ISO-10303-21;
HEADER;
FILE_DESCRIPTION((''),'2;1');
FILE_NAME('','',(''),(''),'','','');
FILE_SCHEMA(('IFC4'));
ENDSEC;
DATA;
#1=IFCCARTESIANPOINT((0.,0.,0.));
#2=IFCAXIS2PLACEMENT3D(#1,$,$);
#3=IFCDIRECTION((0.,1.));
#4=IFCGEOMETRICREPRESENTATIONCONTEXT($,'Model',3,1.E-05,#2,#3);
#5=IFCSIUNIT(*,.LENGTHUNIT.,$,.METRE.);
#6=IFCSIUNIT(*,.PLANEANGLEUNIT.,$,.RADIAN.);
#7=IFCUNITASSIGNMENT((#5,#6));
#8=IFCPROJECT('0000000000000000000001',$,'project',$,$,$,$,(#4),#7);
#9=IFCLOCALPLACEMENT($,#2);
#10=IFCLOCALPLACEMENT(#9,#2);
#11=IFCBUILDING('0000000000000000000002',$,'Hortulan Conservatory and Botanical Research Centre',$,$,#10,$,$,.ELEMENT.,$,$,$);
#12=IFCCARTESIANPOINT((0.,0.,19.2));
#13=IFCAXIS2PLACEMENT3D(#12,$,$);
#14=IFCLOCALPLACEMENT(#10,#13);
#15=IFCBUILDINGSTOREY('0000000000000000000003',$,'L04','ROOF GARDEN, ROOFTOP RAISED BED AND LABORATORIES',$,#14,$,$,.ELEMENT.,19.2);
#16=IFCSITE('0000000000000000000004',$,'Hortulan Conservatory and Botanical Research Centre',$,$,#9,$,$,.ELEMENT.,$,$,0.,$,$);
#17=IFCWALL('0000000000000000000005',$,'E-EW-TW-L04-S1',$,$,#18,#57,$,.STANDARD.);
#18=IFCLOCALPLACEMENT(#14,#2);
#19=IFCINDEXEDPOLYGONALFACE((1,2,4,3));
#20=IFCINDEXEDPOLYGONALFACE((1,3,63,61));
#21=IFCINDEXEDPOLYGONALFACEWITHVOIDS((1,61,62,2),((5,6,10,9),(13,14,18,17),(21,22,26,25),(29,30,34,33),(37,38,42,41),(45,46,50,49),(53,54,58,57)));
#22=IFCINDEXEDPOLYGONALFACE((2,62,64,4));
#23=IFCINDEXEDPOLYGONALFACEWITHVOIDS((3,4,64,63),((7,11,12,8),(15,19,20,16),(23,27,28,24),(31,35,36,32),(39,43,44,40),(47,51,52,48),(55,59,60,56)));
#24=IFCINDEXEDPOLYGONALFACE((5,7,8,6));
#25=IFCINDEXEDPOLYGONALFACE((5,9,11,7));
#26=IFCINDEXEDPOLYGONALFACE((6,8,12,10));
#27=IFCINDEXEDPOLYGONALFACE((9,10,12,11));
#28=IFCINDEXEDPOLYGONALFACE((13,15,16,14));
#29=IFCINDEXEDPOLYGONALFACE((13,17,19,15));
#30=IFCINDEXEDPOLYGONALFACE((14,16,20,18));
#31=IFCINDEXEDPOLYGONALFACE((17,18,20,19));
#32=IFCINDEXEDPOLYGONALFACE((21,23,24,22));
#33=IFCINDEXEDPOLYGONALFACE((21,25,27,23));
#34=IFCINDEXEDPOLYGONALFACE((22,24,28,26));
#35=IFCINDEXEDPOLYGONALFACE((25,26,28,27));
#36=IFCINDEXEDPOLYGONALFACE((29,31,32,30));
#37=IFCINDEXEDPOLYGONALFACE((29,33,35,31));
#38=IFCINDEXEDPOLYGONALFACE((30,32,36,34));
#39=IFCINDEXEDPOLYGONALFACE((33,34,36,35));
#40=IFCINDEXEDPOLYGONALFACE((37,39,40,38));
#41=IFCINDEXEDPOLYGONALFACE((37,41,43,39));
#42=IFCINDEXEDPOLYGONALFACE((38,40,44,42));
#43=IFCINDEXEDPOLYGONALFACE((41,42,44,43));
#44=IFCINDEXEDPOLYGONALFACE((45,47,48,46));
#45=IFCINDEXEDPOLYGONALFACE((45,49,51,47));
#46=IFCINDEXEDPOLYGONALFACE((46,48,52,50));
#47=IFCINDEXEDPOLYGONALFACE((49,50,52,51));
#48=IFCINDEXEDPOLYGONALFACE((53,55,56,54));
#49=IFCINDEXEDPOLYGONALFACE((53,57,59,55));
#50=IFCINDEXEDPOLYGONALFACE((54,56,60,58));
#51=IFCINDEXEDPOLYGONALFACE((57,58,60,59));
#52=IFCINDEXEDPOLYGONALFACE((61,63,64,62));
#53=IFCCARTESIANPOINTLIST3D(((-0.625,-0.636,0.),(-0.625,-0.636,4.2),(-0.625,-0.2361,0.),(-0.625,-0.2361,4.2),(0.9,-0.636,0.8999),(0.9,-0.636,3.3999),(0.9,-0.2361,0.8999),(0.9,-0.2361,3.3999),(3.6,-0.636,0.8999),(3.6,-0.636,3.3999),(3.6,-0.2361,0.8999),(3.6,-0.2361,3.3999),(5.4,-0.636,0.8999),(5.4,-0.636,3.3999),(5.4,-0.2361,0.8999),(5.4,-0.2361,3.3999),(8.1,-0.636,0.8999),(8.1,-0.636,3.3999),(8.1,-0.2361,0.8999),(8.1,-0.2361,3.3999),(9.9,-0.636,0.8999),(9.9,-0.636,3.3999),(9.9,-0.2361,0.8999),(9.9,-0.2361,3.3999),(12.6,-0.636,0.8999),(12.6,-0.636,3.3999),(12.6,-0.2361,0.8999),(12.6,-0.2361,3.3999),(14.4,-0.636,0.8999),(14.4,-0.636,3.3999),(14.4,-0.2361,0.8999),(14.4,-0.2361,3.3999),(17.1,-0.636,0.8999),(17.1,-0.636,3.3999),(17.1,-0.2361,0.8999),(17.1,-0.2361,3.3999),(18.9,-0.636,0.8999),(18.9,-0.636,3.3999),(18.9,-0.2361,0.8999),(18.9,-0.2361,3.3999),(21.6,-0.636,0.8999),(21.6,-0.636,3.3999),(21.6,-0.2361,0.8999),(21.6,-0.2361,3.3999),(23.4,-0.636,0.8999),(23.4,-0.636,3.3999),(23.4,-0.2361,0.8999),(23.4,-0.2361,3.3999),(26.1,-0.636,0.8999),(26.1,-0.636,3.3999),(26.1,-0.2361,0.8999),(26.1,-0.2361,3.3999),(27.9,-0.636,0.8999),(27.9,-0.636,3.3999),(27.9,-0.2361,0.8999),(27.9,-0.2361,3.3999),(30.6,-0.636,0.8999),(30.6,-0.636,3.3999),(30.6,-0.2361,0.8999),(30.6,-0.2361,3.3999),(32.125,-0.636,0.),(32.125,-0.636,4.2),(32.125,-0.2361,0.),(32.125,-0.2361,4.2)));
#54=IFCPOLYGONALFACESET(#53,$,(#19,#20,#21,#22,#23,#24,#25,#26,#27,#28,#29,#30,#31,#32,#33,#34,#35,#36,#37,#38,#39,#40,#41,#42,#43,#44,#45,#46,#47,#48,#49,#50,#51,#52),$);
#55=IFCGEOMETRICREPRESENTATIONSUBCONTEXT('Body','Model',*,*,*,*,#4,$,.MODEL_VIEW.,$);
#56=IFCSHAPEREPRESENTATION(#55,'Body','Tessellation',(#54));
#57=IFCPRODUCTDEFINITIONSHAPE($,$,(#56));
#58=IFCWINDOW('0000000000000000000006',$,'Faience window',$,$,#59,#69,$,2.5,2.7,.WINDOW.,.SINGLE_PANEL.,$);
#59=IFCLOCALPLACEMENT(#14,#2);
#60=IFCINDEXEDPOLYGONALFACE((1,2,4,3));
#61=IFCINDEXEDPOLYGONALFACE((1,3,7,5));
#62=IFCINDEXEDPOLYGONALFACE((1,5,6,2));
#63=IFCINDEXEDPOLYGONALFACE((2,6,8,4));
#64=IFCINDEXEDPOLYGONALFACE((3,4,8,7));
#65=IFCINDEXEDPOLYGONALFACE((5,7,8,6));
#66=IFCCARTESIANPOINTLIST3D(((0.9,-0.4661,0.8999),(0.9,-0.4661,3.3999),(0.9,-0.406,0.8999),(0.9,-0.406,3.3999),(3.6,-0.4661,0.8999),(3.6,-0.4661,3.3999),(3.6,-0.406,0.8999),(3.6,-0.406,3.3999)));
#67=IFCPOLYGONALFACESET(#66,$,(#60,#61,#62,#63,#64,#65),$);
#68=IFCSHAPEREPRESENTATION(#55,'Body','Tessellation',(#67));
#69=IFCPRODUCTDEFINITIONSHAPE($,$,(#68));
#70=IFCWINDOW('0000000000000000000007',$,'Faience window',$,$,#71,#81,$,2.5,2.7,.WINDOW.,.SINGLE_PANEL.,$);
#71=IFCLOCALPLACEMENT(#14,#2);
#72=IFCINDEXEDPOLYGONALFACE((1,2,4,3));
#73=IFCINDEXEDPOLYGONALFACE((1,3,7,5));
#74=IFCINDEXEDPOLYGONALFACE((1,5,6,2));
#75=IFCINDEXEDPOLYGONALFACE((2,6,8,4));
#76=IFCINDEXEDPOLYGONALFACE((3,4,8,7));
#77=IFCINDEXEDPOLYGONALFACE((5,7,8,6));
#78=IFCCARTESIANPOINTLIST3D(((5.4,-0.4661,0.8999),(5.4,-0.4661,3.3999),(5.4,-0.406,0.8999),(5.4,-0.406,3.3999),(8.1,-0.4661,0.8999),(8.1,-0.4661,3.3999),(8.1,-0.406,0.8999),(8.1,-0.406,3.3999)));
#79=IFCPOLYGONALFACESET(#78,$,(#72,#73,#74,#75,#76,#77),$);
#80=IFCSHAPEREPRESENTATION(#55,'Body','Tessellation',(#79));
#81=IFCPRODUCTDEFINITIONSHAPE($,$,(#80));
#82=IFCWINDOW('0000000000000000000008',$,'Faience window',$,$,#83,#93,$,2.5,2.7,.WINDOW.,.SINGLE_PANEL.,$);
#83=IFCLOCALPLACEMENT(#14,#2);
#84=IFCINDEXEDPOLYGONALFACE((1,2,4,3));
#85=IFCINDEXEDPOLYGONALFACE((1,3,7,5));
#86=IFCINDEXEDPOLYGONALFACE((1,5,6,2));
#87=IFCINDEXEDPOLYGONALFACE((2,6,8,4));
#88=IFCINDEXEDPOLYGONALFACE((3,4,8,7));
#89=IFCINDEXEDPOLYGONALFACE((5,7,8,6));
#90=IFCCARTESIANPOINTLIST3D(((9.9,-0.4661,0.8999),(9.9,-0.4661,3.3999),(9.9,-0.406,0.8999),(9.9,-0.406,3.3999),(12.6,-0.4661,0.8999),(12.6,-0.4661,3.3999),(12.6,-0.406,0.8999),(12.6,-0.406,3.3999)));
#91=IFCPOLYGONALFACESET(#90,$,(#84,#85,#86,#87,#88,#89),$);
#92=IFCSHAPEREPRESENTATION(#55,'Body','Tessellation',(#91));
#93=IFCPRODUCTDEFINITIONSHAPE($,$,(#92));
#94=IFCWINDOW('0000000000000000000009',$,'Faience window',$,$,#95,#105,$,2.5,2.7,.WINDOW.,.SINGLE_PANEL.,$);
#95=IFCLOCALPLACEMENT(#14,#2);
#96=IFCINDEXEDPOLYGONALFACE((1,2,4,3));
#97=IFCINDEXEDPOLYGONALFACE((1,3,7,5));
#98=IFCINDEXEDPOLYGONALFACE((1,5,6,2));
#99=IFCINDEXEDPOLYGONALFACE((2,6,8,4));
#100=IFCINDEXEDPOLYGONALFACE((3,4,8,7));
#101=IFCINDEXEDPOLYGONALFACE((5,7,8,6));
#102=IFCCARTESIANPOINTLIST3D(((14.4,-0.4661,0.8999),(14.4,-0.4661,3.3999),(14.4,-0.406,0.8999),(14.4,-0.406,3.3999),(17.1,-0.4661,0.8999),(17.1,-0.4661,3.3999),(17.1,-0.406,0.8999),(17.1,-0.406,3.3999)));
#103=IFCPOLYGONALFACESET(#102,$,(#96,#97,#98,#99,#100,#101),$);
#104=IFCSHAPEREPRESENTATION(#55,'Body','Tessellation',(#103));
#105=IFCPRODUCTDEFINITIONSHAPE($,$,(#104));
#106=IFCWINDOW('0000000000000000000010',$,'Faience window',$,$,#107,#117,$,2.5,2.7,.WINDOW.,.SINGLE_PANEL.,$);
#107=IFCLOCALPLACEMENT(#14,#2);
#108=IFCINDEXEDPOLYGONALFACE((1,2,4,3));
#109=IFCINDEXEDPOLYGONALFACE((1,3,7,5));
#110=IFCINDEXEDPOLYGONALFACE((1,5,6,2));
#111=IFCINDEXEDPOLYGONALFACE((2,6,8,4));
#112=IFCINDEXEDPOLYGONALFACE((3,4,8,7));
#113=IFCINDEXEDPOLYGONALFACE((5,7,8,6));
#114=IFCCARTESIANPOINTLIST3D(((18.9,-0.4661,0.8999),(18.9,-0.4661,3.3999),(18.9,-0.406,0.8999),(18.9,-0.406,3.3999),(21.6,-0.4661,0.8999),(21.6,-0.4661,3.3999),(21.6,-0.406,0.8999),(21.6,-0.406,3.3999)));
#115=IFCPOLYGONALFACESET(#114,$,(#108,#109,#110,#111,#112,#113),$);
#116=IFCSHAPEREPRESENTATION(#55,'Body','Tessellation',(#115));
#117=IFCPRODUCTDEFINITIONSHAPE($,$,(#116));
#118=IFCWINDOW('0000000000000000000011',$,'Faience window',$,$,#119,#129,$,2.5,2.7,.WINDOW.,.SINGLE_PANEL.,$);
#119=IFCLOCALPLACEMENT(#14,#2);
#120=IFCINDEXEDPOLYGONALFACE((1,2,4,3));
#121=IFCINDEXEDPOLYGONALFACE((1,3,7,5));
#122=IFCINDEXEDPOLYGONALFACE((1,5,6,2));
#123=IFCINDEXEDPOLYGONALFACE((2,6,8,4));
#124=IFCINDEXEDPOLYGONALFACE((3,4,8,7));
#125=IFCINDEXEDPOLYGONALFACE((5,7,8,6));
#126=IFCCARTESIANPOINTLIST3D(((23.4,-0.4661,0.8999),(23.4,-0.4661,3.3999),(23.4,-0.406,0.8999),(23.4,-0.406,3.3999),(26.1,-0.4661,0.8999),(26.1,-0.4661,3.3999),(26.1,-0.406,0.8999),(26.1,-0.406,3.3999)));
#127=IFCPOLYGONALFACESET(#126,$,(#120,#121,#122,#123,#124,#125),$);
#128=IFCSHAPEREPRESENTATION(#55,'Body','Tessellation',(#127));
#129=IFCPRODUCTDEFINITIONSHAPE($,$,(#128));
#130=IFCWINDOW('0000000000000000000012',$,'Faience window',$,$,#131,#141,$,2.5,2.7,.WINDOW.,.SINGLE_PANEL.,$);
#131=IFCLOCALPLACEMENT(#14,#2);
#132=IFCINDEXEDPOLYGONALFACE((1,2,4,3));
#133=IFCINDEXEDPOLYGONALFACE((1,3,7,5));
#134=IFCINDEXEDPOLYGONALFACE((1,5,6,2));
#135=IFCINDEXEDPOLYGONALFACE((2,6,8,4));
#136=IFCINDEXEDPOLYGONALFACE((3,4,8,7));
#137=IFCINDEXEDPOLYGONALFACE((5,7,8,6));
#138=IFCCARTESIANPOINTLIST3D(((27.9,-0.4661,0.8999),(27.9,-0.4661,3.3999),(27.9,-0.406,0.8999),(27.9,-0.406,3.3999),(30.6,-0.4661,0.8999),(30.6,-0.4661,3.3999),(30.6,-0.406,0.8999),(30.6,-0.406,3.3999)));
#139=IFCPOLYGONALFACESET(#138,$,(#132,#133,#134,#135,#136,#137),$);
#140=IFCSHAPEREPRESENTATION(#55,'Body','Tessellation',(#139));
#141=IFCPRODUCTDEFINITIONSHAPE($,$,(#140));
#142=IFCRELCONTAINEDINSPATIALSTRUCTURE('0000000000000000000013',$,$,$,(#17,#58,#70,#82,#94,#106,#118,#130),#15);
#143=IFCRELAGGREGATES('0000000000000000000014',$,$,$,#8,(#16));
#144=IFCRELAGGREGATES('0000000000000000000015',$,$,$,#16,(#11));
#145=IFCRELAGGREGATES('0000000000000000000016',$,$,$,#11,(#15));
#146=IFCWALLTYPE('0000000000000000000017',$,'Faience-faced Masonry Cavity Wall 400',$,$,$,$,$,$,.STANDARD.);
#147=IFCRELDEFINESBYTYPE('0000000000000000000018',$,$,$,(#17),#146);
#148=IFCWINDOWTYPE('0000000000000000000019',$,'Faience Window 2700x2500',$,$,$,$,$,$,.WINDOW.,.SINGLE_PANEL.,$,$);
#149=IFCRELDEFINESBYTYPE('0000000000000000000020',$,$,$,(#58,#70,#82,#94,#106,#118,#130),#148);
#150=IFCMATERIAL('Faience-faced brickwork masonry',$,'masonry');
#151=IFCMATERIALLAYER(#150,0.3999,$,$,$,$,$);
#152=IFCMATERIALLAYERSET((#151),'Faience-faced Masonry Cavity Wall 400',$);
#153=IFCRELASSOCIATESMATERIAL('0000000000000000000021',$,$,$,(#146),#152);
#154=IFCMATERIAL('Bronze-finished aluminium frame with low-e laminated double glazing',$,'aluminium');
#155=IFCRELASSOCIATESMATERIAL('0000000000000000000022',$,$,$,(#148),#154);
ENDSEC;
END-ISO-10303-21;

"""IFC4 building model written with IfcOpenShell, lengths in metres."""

from ifc_helpers import new_model, si_unit, direction, frame, frame_2d, origin, place, context, subcontext, project, spatial, rectangle, extrude, material, layer, layer_set, type_object, element, fill, save


model = new_model("IFC4")

# Units and contexts
model_context = context("Model", 3, precision=1e-05, world=origin(), true_north=direction((0.0, 1.0)))
body_context = subcontext(model_context, "Body", "Model", "MODEL_VIEW")
ifc_project = project(units=[si_unit("LENGTHUNIT", "METRE"), si_unit("PLANEANGLEUNIT", "RADIAN")], contexts=[model_context])

# Site, building, storey
site_placement = place(None, origin())
site = spatial("IfcSite", under=ifc_project, at=site_placement, Name="Hortulan Conservatory and Botanical Research Centre", CompositionType="ELEMENT", RefElevation=0.0)
building_placement = place(site_placement, origin())
building = spatial("IfcBuilding", under=site, at=building_placement, Name="Hortulan Conservatory and Botanical Research Centre", CompositionType="ELEMENT")
storey_placement = place(building_placement, frame((0.0, 0.0, 19.2)))
storey = spatial("IfcBuildingStorey", under=building, at=storey_placement, Name="L04", Description="ROOF GARDEN, ROOFTOP RAISED BED AND LABORATORIES", CompositionType="ELEMENT", Elevation=19.2)

# Wall, openings, windows
ifc_material_1 = material(Name="Faience-faced brickwork masonry", Category="masonry")
ifc_layer_1 = layer(ifc_material_1, 0.3999)
ifc_layer_set_1 = layer_set([ifc_layer_1], Name="Faience-faced Masonry Cavity Wall 400")
wall_type_1 = type_object("IfcWallType", Name="Faience-faced Masonry Cavity Wall 400", PredefinedType="STANDARD", material=ifc_layer_set_1)
wall_1_placement = place(storey_placement, frame((32.125, -0.436, 0.0), z_axis=(0.0, 0.0, 1.0), x_axis=(-1.0, 0.0, 0.0)))
wall_1 = element("IfcWall", 1, at=wall_1_placement, inside=storey, type_object=wall_type_1, Name="E-EW-TW-L04-S1", PredefinedType="STANDARD", context=body_context, shape_type="SweptSolid", body=[
    extrude(rectangle(XDim=32.75, YDim=0.3999, at=frame_2d((16.375, 0.0))), origin(), (0.0, 0.0, 1.0), 4.2),
])
opening_1_placement = place(wall_1_placement, frame((28.5249, 0.0, 0.8999)))
opening_1 = element("IfcOpeningElement", 2, at=opening_1_placement, cuts=wall_1, PredefinedType="OPENING", context=body_context, shape_type="SweptSolid", body=[
    extrude(rectangle(XDim=2.7, YDim=2.5, at=frame_2d((1.3501, 1.25))), frame((0.0, 0.21, 0.0), z_axis=(0.0, -1.0, 0.0), x_axis=(1.0, 0.0, 0.0)), (0.0, 0.0, 1.0), 0.4199),
])
opening_2_placement = place(wall_1_placement, frame((24.0249, 0.0, 0.8999)))
opening_2 = element("IfcOpeningElement", 3, at=opening_2_placement, cuts=wall_1, PredefinedType="OPENING", context=body_context, shape_type="SweptSolid", body=[
    extrude(rectangle(XDim=2.7, YDim=2.5, at=frame_2d((1.3501, 1.25))), frame((0.0, 0.21, 0.0), z_axis=(0.0, -1.0, 0.0), x_axis=(1.0, 0.0, 0.0)), (0.0, 0.0, 1.0), 0.4199),
])
opening_3_placement = place(wall_1_placement, frame((19.5249, 0.0, 0.8999)))
opening_3 = element("IfcOpeningElement", 4, at=opening_3_placement, cuts=wall_1, PredefinedType="OPENING", context=body_context, shape_type="SweptSolid", body=[
    extrude(rectangle(XDim=2.7, YDim=2.5, at=frame_2d((1.3501, 1.25))), frame((0.0, 0.21, 0.0), z_axis=(0.0, -1.0, 0.0), x_axis=(1.0, 0.0, 0.0)), (0.0, 0.0, 1.0), 0.4199),
])
opening_4_placement = place(wall_1_placement, frame((15.0249, 0.0, 0.8999)))
opening_4 = element("IfcOpeningElement", 5, at=opening_4_placement, cuts=wall_1, PredefinedType="OPENING", context=body_context, shape_type="SweptSolid", body=[
    extrude(rectangle(XDim=2.7, YDim=2.5, at=frame_2d((1.3501, 1.25))), frame((0.0, 0.21, 0.0), z_axis=(0.0, -1.0, 0.0), x_axis=(1.0, 0.0, 0.0)), (0.0, 0.0, 1.0), 0.4199),
])
opening_5_placement = place(wall_1_placement, frame((10.5249, 0.0, 0.8999)))
opening_5 = element("IfcOpeningElement", 6, at=opening_5_placement, cuts=wall_1, PredefinedType="OPENING", context=body_context, shape_type="SweptSolid", body=[
    extrude(rectangle(XDim=2.7, YDim=2.5, at=frame_2d((1.3501, 1.25))), frame((0.0, 0.21, 0.0), z_axis=(0.0, -1.0, 0.0), x_axis=(1.0, 0.0, 0.0)), (0.0, 0.0, 1.0), 0.4199),
])
opening_6_placement = place(wall_1_placement, frame((6.0249, 0.0, 0.8999)))
opening_6 = element("IfcOpeningElement", 7, at=opening_6_placement, cuts=wall_1, PredefinedType="OPENING", context=body_context, shape_type="SweptSolid", body=[
    extrude(rectangle(XDim=2.7, YDim=2.5, at=frame_2d((1.3501, 1.25))), frame((0.0, 0.21, 0.0), z_axis=(0.0, -1.0, 0.0), x_axis=(1.0, 0.0, 0.0)), (0.0, 0.0, 1.0), 0.4199),
])
opening_7_placement = place(wall_1_placement, frame((1.5249, 0.0, 0.8999)))
opening_7 = element("IfcOpeningElement", 8, at=opening_7_placement, cuts=wall_1, PredefinedType="OPENING", context=body_context, shape_type="SweptSolid", body=[
    extrude(rectangle(XDim=2.7, YDim=2.5, at=frame_2d((1.3501, 1.25))), frame((0.0, 0.21, 0.0), z_axis=(0.0, -1.0, 0.0), x_axis=(1.0, 0.0, 0.0)), (0.0, 0.0, 1.0), 0.4199),
])
ifc_material_2 = material(Name="Bronze-finished aluminium frame with low-e laminated double glazing", Category="aluminium")
window_type = type_object("IfcWindowType", Name="Faience Window 2700x2500", PartitioningType="SINGLE_PANEL", PredefinedType="WINDOW", material=ifc_material_2)
window_1_placement = place(opening_1_placement, origin())
window_1 = element("IfcWindow", 9, at=window_1_placement, inside=storey, type_object=window_type, Name="Faience window", OverallHeight=2.5, OverallWidth=2.7, PartitioningType="SINGLE_PANEL", PredefinedType="WINDOW", context=body_context, shape_type="SweptSolid", body=[
    extrude(rectangle(XDim=2.7, YDim=2.5, at=frame_2d((1.3501, 1.25))), frame((0.0, 0.03, 0.0), z_axis=(0.0, -1.0, 0.0), x_axis=(1.0, 0.0, 0.0)), (0.0, 0.0, 1.0), 0.0601),
])
fill(opening_1, window_1)
window_2_placement = place(opening_2_placement, origin())
window_2 = element("IfcWindow", 10, at=window_2_placement, inside=storey, type_object=window_type, Name="Faience window", OverallHeight=2.5, OverallWidth=2.7, PartitioningType="SINGLE_PANEL", PredefinedType="WINDOW", context=body_context, shape_type="SweptSolid", body=[
    extrude(rectangle(XDim=2.7, YDim=2.5, at=frame_2d((1.3501, 1.25))), frame((0.0, 0.03, 0.0), z_axis=(0.0, -1.0, 0.0), x_axis=(1.0, 0.0, 0.0)), (0.0, 0.0, 1.0), 0.0601),
])
fill(opening_2, window_2)
window_3_placement = place(opening_3_placement, origin())
window_3 = element("IfcWindow", 11, at=window_3_placement, inside=storey, type_object=window_type, Name="Faience window", OverallHeight=2.5, OverallWidth=2.7, PartitioningType="SINGLE_PANEL", PredefinedType="WINDOW", context=body_context, shape_type="SweptSolid", body=[
    extrude(rectangle(XDim=2.7, YDim=2.5, at=frame_2d((1.3501, 1.25))), frame((0.0, 0.03, 0.0), z_axis=(0.0, -1.0, 0.0), x_axis=(1.0, 0.0, 0.0)), (0.0, 0.0, 1.0), 0.0601),
])
fill(opening_3, window_3)
window_4_placement = place(opening_4_placement, origin())
window_4 = element("IfcWindow", 12, at=window_4_placement, inside=storey, type_object=window_type, Name="Faience window", OverallHeight=2.5, OverallWidth=2.7, PartitioningType="SINGLE_PANEL", PredefinedType="WINDOW", context=body_context, shape_type="SweptSolid", body=[
    extrude(rectangle(XDim=2.7, YDim=2.5, at=frame_2d((1.3501, 1.25))), frame((0.0, 0.03, 0.0), z_axis=(0.0, -1.0, 0.0), x_axis=(1.0, 0.0, 0.0)), (0.0, 0.0, 1.0), 0.0601),
])
fill(opening_4, window_4)
window_5_placement = place(opening_5_placement, origin())
window_5 = element("IfcWindow", 13, at=window_5_placement, inside=storey, type_object=window_type, Name="Faience window", OverallHeight=2.5, OverallWidth=2.7, PartitioningType="SINGLE_PANEL", PredefinedType="WINDOW", context=body_context, shape_type="SweptSolid", body=[
    extrude(rectangle(XDim=2.7, YDim=2.5, at=frame_2d((1.3501, 1.25))), frame((0.0, 0.03, 0.0), z_axis=(0.0, -1.0, 0.0), x_axis=(1.0, 0.0, 0.0)), (0.0, 0.0, 1.0), 0.0601),
])
fill(opening_5, window_5)
window_6_placement = place(opening_6_placement, origin())
window_6 = element("IfcWindow", 14, at=window_6_placement, inside=storey, type_object=window_type, Name="Faience window", OverallHeight=2.5, OverallWidth=2.7, PartitioningType="SINGLE_PANEL", PredefinedType="WINDOW", context=body_context, shape_type="SweptSolid", body=[
    extrude(rectangle(XDim=2.7, YDim=2.5, at=frame_2d((1.3501, 1.25))), frame((0.0, 0.03, 0.0), z_axis=(0.0, -1.0, 0.0), x_axis=(1.0, 0.0, 0.0)), (0.0, 0.0, 1.0), 0.0601),
])
fill(opening_6, window_6)
window_7_placement = place(opening_7_placement, origin())
window_7 = element("IfcWindow", 15, at=window_7_placement, inside=storey, type_object=window_type, Name="Faience window", OverallHeight=2.5, OverallWidth=2.7, PartitioningType="SINGLE_PANEL", PredefinedType="WINDOW", context=body_context, shape_type="SweptSolid", body=[
    extrude(rectangle(XDim=2.7, YDim=2.5, at=frame_2d((1.3501, 1.25))), frame((0.0, 0.03, 0.0), z_axis=(0.0, -1.0, 0.0), x_axis=(1.0, 0.0, 0.0)), (0.0, 0.0, 1.0), 0.0601),
])
fill(opening_7, window_7)

save(model, "model.ifc")
